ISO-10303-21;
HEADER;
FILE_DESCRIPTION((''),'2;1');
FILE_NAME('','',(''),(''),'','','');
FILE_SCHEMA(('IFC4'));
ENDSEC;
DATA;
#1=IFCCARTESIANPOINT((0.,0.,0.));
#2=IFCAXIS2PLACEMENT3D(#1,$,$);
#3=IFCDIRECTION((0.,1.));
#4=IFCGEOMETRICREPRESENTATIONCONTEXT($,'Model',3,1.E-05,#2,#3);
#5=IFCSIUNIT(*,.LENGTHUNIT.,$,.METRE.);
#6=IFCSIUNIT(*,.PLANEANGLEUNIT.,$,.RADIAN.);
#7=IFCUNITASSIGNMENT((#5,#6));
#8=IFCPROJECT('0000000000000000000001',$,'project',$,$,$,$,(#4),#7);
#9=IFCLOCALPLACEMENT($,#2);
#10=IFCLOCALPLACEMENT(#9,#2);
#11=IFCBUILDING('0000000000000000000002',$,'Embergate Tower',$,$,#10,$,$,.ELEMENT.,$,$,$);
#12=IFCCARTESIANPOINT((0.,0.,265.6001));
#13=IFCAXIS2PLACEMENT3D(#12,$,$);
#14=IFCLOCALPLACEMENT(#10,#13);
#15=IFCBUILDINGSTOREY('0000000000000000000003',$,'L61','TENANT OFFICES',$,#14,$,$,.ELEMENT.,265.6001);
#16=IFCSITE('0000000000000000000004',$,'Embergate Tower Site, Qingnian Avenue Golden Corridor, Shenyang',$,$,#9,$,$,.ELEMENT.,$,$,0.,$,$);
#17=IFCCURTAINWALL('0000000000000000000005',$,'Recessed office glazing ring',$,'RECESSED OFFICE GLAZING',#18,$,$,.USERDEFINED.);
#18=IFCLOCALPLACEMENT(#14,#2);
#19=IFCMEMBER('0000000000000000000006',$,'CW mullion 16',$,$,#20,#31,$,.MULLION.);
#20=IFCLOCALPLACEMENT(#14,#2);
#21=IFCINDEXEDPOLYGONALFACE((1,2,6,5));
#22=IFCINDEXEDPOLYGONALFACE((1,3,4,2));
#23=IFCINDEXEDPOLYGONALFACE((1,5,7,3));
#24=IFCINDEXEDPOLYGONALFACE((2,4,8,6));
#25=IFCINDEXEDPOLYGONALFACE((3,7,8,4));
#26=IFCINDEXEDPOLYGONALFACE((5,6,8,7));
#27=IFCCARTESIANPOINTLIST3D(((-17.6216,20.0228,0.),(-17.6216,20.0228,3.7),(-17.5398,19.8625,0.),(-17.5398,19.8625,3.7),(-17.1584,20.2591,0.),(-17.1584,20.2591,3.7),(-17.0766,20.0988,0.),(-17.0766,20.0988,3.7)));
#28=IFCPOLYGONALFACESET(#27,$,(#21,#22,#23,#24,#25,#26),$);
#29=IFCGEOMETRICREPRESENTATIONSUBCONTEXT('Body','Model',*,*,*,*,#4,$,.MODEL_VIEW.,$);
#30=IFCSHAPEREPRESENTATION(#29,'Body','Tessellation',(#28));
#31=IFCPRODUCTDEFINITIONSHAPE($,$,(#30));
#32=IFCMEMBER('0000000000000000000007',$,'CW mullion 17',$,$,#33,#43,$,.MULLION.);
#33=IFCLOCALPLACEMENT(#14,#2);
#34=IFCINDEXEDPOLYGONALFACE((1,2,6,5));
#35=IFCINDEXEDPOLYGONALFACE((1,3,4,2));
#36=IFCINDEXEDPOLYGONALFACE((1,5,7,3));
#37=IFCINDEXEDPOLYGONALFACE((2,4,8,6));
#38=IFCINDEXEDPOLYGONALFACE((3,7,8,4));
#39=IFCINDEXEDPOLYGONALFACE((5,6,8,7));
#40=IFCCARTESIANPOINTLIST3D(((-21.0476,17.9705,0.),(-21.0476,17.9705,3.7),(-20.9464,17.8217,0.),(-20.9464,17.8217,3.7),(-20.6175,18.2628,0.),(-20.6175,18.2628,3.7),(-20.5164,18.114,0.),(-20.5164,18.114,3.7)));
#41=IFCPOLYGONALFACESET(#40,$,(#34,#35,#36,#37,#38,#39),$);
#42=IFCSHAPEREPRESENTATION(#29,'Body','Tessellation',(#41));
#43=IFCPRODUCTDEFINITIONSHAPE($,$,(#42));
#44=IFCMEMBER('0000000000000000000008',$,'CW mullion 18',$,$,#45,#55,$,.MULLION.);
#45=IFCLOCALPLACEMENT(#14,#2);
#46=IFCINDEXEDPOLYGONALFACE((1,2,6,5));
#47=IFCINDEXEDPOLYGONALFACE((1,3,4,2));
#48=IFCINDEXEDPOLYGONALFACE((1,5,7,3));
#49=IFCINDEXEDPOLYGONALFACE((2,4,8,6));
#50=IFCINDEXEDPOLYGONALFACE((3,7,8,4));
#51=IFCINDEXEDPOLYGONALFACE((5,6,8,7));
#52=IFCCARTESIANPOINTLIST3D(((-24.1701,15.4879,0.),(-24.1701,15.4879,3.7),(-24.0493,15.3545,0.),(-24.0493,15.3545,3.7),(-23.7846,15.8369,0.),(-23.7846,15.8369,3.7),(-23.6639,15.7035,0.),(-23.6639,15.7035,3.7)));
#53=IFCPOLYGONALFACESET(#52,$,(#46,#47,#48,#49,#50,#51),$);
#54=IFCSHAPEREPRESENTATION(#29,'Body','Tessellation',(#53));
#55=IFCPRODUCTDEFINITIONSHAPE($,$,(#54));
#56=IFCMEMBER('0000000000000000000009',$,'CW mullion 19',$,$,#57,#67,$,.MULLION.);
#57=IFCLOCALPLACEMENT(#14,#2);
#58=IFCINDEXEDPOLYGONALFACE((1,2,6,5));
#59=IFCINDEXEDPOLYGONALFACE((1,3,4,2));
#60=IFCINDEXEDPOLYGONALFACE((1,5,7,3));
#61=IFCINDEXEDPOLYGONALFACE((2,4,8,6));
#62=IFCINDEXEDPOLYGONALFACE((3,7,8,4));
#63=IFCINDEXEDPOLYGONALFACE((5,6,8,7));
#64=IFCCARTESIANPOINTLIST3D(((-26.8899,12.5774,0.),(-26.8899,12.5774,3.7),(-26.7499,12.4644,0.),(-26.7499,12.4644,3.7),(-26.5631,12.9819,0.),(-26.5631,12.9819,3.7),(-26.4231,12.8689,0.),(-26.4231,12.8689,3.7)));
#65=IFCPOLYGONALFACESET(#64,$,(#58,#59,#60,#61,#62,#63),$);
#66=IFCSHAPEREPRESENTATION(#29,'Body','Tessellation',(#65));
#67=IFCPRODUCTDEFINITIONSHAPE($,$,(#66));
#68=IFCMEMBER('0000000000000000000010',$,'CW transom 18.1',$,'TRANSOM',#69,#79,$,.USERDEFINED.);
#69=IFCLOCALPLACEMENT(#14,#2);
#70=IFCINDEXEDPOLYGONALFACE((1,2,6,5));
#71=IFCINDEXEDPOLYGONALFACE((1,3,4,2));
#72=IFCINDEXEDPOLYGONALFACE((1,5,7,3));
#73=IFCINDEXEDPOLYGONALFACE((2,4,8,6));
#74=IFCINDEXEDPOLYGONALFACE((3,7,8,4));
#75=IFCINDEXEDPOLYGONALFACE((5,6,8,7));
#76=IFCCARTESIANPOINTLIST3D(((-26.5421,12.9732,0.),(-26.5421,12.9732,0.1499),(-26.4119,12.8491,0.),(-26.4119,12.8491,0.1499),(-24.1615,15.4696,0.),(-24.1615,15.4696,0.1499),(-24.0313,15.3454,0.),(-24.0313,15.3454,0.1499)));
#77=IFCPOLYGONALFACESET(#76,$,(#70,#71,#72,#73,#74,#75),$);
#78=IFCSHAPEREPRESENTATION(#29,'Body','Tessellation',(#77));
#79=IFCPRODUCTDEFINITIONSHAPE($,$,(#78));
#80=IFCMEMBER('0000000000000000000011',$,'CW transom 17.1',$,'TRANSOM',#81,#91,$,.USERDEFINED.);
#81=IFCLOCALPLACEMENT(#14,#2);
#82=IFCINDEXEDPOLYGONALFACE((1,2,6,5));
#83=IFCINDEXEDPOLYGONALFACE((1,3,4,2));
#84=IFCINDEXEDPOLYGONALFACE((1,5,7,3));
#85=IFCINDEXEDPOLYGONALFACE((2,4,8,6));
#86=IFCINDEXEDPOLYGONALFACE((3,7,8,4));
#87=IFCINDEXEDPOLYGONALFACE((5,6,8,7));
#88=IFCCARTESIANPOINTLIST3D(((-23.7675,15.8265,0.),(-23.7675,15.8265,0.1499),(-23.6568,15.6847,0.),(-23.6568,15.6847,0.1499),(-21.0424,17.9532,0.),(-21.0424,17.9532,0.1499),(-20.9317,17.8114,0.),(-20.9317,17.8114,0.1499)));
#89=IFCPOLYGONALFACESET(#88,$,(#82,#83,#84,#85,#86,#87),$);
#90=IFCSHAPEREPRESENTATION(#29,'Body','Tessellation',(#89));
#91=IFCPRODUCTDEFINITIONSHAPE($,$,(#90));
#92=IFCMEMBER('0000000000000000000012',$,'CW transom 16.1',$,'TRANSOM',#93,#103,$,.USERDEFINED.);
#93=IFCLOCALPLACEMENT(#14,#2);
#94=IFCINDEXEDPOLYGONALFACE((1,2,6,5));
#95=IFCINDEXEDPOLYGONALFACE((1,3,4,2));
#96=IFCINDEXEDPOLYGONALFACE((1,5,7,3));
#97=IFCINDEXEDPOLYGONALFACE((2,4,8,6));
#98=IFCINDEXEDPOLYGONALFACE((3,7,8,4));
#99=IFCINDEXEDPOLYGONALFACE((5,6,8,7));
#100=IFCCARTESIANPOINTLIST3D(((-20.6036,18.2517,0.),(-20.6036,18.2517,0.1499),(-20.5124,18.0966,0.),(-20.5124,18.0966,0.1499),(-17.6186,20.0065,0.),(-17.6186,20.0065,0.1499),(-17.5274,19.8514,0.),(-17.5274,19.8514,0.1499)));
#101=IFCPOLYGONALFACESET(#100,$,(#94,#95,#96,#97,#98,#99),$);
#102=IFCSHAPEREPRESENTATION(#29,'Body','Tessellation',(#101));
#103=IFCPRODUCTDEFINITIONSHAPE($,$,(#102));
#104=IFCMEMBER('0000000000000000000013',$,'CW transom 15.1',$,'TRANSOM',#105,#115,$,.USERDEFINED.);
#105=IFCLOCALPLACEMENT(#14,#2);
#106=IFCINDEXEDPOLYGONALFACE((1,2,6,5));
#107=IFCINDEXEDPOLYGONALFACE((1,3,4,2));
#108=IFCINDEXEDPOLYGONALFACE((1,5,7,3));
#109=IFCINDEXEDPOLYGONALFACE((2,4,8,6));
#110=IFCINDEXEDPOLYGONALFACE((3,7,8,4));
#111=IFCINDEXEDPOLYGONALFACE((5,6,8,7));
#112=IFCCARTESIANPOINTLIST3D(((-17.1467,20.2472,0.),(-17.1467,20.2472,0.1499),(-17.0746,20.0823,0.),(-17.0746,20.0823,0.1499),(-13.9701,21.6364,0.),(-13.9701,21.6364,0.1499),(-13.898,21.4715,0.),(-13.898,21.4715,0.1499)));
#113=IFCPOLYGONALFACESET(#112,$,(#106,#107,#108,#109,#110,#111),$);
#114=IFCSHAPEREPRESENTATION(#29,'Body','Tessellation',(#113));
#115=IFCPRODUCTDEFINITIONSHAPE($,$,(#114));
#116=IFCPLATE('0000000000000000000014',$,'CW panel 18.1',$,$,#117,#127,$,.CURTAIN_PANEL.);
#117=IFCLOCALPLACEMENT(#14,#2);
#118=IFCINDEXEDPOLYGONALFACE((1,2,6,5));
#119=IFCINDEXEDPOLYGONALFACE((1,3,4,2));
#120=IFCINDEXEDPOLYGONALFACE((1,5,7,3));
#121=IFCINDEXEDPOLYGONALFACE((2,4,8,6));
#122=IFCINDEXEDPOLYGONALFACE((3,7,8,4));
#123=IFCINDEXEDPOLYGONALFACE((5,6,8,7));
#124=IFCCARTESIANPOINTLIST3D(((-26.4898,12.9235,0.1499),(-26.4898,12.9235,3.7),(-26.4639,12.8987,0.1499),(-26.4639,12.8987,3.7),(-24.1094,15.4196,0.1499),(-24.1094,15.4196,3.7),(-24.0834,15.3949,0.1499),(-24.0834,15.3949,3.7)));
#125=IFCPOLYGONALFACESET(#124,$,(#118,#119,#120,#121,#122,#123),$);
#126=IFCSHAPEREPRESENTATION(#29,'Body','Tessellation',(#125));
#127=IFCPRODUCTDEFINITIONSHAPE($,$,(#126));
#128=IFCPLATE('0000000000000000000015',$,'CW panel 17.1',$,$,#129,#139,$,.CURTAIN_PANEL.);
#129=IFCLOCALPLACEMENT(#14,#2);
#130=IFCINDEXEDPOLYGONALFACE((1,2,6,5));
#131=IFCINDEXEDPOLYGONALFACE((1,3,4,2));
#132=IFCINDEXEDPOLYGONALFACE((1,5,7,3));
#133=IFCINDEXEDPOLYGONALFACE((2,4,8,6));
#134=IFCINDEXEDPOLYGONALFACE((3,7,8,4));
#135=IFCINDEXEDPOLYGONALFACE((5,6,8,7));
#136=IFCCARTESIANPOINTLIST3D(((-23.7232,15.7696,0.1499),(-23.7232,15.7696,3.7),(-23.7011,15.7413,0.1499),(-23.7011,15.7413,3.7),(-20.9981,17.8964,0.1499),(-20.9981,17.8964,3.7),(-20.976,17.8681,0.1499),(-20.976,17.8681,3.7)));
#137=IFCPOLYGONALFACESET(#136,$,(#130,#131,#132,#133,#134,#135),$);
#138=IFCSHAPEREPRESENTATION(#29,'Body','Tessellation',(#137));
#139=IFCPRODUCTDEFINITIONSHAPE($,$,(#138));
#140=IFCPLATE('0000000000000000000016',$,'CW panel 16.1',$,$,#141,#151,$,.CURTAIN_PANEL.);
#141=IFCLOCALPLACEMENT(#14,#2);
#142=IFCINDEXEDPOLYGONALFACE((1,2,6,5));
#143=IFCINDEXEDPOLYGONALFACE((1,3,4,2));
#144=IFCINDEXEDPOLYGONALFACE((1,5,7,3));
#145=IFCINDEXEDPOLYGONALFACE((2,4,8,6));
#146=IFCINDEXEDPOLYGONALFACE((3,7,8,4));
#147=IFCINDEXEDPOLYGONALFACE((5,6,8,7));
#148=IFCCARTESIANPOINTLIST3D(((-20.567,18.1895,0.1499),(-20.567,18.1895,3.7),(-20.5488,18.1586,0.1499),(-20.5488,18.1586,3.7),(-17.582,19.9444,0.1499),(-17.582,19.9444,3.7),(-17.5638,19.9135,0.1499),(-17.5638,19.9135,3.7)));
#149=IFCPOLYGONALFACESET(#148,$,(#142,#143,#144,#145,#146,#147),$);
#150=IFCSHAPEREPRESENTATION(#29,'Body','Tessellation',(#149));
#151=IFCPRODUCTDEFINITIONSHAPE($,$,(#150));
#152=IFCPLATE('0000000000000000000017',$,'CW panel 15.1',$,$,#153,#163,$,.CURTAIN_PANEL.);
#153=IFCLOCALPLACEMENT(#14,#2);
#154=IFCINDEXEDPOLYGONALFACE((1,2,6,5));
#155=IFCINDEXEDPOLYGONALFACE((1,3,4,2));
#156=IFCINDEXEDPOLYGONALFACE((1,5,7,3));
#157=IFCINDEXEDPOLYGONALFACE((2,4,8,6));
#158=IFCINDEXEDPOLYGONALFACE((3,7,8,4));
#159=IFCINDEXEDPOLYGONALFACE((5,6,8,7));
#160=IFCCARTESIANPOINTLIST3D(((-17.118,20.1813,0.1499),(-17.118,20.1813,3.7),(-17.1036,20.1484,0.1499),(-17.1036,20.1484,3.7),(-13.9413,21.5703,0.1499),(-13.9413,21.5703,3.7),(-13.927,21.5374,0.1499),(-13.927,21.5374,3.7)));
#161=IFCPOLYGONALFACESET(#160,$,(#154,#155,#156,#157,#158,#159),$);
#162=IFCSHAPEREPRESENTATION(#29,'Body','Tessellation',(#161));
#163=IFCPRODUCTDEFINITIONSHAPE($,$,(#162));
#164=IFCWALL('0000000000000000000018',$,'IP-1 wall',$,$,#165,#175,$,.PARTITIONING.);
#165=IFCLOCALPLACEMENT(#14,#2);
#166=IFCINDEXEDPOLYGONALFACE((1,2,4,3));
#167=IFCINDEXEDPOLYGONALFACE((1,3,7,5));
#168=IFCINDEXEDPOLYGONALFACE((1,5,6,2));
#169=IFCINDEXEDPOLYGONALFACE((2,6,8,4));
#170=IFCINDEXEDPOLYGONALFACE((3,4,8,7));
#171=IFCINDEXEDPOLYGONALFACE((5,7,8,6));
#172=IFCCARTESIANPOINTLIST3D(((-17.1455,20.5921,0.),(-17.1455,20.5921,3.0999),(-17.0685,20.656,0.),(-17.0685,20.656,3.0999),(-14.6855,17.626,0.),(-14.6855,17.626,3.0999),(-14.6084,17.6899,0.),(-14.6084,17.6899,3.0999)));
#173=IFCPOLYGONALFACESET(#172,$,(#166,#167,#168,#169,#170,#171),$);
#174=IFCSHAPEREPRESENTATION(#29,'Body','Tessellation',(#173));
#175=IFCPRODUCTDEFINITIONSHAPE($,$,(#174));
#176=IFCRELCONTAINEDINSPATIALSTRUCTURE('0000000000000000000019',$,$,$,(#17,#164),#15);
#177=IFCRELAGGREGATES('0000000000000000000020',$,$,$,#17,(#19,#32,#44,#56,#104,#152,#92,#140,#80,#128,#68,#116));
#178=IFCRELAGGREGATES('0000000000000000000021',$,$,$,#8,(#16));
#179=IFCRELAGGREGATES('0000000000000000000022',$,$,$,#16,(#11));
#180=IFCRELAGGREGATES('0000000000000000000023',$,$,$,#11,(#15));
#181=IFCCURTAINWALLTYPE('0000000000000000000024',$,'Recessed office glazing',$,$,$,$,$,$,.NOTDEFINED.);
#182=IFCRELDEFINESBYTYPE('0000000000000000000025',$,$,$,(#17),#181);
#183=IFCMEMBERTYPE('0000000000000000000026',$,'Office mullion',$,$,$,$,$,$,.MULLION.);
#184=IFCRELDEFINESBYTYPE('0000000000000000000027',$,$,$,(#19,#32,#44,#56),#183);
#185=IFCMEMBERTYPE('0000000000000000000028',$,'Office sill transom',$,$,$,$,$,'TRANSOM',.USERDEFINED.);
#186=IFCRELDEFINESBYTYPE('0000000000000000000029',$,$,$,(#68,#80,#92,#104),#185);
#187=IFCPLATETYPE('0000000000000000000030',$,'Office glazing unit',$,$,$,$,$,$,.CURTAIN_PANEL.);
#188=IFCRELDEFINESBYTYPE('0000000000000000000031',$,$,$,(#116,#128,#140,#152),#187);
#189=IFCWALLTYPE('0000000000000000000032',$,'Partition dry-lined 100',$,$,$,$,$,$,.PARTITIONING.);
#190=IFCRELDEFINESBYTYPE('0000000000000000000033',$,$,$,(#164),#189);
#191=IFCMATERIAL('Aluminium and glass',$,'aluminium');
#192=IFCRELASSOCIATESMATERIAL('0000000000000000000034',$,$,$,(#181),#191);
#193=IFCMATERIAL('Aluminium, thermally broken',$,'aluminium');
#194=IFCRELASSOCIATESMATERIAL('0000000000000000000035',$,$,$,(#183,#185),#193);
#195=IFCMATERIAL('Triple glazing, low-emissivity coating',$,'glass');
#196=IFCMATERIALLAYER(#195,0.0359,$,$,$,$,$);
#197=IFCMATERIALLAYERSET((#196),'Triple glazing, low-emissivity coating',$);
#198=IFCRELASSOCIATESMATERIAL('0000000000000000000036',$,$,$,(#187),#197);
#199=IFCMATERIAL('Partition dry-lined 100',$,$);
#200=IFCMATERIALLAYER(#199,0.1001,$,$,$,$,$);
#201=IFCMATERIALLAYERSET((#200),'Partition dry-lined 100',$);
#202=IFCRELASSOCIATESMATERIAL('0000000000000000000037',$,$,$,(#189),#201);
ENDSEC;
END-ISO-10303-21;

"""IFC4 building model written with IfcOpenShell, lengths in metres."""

from ifc_helpers import new_model, si_unit, direction, frame, frame_2d, origin, origin_2d, place, context, subcontext, project, spatial, rectangle, extrude, source, transform, mapped, material, layer, layer_set, material_profile, profile_set, type_object, element, aggregate, save


model = new_model("IFC4")

# Units and contexts
model_context = context("Model", 3, precision=1e-05, world=origin(), true_north=direction((0.0, 1.0)))
body_context = subcontext(model_context, "Body", "Model", "MODEL_VIEW")
ifc_project = project(units=[si_unit("LENGTHUNIT", "METRE"), si_unit("PLANEANGLEUNIT", "RADIAN")], contexts=[model_context])

# Site, building, storey
site_placement = place(None, origin())
site = spatial("IfcSite", under=ifc_project, at=site_placement, Name="Embergate Tower Site, Qingnian Avenue Golden Corridor, Shenyang", CompositionType="ELEMENT", RefElevation=0.0)
building_placement = place(site_placement, origin())
building = spatial("IfcBuilding", under=site, at=building_placement, Name="Embergate Tower", CompositionType="ELEMENT")
storey_placement = place(building_placement, frame((0.0, 0.0, 265.6001)))
storey = spatial("IfcBuildingStorey", under=building, at=storey_placement, Name="L61", Description="TENANT OFFICES", CompositionType="ELEMENT", Elevation=265.6001)

# Curtain wall, members, plates
ifc_material_1 = material(Name="Aluminium and glass", Category="aluminium")
curtain_wall_type = type_object("IfcCurtainWallType", Name="Recessed office glazing", PredefinedType="NOTDEFINED", material=ifc_material_1)
curtain_wall_placement = place(storey_placement, origin())
curtain_wall = element("IfcCurtainWall", 1, at=curtain_wall_placement, inside=storey, type_object=curtain_wall_type, Name="Recessed office glazing ring", ObjectType="RECESSED OFFICE GLAZING", PredefinedType="USERDEFINED")
ifc_material_2 = material(Name="Aluminium, thermally broken", Category="aluminium")
ifc_material_profile_1 = material_profile(ifc_material_2, rectangle(XDim=0.1799, YDim=0.52, at=origin_2d()), Name="AL 520x180")
ifc_profile_set_1 = profile_set([ifc_material_profile_1], Name="Aluminium, thermally broken")
member_type_1 = type_object("IfcMemberType", Name="Office mullion", PredefinedType="MULLION", material=ifc_profile_set_1)
shared_shape_1 = source(origin(), body_context, "Body", "SweptSolid", [
    extrude(rectangle(XDim=0.1799, YDim=0.52, at=origin_2d()), origin(), (0.0, 0.0, 1.0), 3.7),
])
member_1_placement = place(storey_placement, frame((-17.3491, 20.0608, 0.0), z_axis=(0.0, 0.0, 1.0), x_axis=(0.454504, -0.890745, 0.0)))
member_1 = element("IfcMember", 2, at=member_1_placement, type_object=member_type_1, Name="CW mullion 16", PredefinedType="MULLION", context=body_context, shape_type="MappedRepresentation", body=[
    mapped(shared_shape_1, transform((0.0, 0.0, 0.0))),
])
member_2_placement = place(storey_placement, frame((-20.782, 18.0422, 0.0), z_axis=(0.0, 0.0, 1.0), x_axis=(0.562208, -0.826996, 0.0)))
member_2 = element("IfcMember", 3, at=member_2_placement, type_object=member_type_1, Name="CW mullion 17", PredefinedType="MULLION", context=body_context, shape_type="MappedRepresentation", body=[
    mapped(shared_shape_1, transform((0.0, 0.0, 0.0))),
])
member_3_placement = place(storey_placement, frame((-23.917, 15.5957, 0.0), z_axis=(0.0, 0.0, 1.0), x_axis=(0.671216, -0.741262, 0.0)))
member_3 = element("IfcMember", 4, at=member_3_placement, type_object=member_type_1, Name="CW mullion 18", PredefinedType="MULLION", context=body_context, shape_type="MappedRepresentation", body=[
    mapped(shared_shape_1, transform((0.0, 0.0, 0.0))),
])
member_4_placement = place(storey_placement, frame((-26.6565, 12.7231, 0.0), z_axis=(0.0, 0.0, 1.0), x_axis=(0.777862, -0.628436, 0.0)))
member_4 = element("IfcMember", 5, at=member_4_placement, type_object=member_type_1, Name="CW mullion 19", PredefinedType="MULLION", context=body_context, shape_type="MappedRepresentation", body=[
    mapped(shared_shape_1, transform((0.0, 0.0, 0.0))),
])
ifc_material_profile_2 = material_profile(ifc_material_2, rectangle(XDim=0.1799, YDim=0.1499, at=origin_2d()), Name="AL 150x180")
ifc_profile_set_2 = profile_set([ifc_material_profile_2], Name="Aluminium, thermally broken")
member_type_2 = type_object("IfcMemberType", Name="Office sill transom", ElementType="TRANSOM", PredefinedType="USERDEFINED", material=ifc_profile_set_2)
shared_shape_2 = source(origin(), body_context, "Body", "SweptSolid", [
    extrude(rectangle(XDim=0.1799, YDim=0.1499, at=origin_2d()), origin(), (0.0, 0.0, 1.0), 3.4495),
])
member_5_placement = place(storey_placement, frame((-24.0964, 15.4075, 0.075), z_axis=(-0.690134, -0.723682, 0.0), x_axis=(0.723682, -0.690134, 0.0)))
member_5 = element("IfcMember", 6, at=member_5_placement, type_object=member_type_2, Name="CW transom 18.1", ObjectType="TRANSOM", PredefinedType="USERDEFINED", context=body_context, shape_type="MappedRepresentation", body=[
    mapped(shared_shape_2, transform((0.0, 0.0, 0.0))),
])
shared_shape_3 = source(origin(), body_context, "Body", "SweptSolid", [
    extrude(rectangle(XDim=0.1799, YDim=0.1499, at=origin_2d()), origin(), (0.0, 0.0, 1.0), 3.4568),
])
member_6_placement = place(storey_placement, frame((-20.9871, 17.8823, 0.075), z_axis=(-0.788343, -0.615236, 0.0), x_axis=(0.615236, -0.788343, 0.0)))
member_6 = element("IfcMember", 7, at=member_6_placement, type_object=member_type_2, Name="CW transom 17.1", ObjectType="TRANSOM", PredefinedType="USERDEFINED", context=body_context, shape_type="MappedRepresentation", body=[
    mapped(shared_shape_3, transform((0.0, 0.0, 0.0))),
])
shared_shape_4 = source(origin(), body_context, "Body", "SweptSolid", [
    extrude(rectangle(XDim=0.1799, YDim=0.1499, at=origin_2d()), origin(), (0.0, 0.0, 1.0), 3.4626),
])
member_7_placement = place(storey_placement, frame((-17.573, 19.929, 0.075), z_axis=(-0.862068, -0.506792, 0.0), x_axis=(0.506792, -0.862068, 0.0)))
member_7 = element("IfcMember", 8, at=member_7_placement, type_object=member_type_2, Name="CW transom 16.1", ObjectType="TRANSOM", PredefinedType="USERDEFINED", context=body_context, shape_type="MappedRepresentation", body=[
    mapped(shared_shape_4, transform((0.0, 0.0, 0.0))),
])
shared_shape_5 = source(origin(), body_context, "Body", "SweptSolid", [
    extrude(rectangle(XDim=0.1799, YDim=0.1499, at=origin_2d()), origin(), (0.0, 0.0, 1.0), 3.467),
])
member_8_placement = place(storey_placement, frame((-13.9341, 21.554, 0.075), z_axis=(-0.916217, -0.400682, 0.0), x_axis=(0.400682, -0.916217, 0.0)))
member_8 = element("IfcMember", 9, at=member_8_placement, type_object=member_type_2, Name="CW transom 15.1", ObjectType="TRANSOM", PredefinedType="USERDEFINED", context=body_context, shape_type="MappedRepresentation", body=[
    mapped(shared_shape_5, transform((0.0, 0.0, 0.0))),
])
ifc_material_3 = material(Name="Triple glazing, low-emissivity coating", Category="glass")
ifc_layer_1 = layer(ifc_material_3, 0.0359)
ifc_layer_set_1 = layer_set([ifc_layer_1], Name="Triple glazing, low-emissivity coating")
plate_type = type_object("IfcPlateType", Name="Office glazing unit", PredefinedType="CURTAIN_PANEL", material=ifc_layer_set_1)
shared_shape_6 = source(origin(), body_context, "Body", "SweptSolid", [
    extrude(rectangle(XDim=3.4492, YDim=0.0359, at=origin_2d()), origin(), (0.0, 0.0, 1.0), 3.55),
])
plate_1_placement = place(storey_placement, frame((-25.2866, 14.1592, 0.1499), z_axis=(0.0, 0.0, 1.0), x_axis=(-0.690139, -0.723677, 0.0)))
plate_1 = element("IfcPlate", 10, at=plate_1_placement, type_object=plate_type, Name="CW panel 18.1", PredefinedType="CURTAIN_PANEL", context=body_context, shape_type="MappedRepresentation", body=[
    mapped(shared_shape_6, transform((0.0, 0.0, 0.0))),
])
shared_shape_7 = source(origin(), body_context, "Body", "SweptSolid", [
    extrude(rectangle(XDim=3.4568, YDim=0.0359, at=origin_2d()), origin(), (0.0, 0.0, 1.0), 3.55),
])
plate_2_placement = place(storey_placement, frame((-22.3496, 16.8188, 0.1499), z_axis=(0.0, 0.0, 1.0), x_axis=(-0.788323, -0.615261, 0.0)))
plate_2 = element("IfcPlate", 11, at=plate_2_placement, type_object=plate_type, Name="CW panel 17.1", PredefinedType="CURTAIN_PANEL", context=body_context, shape_type="MappedRepresentation", body=[
    mapped(shared_shape_7, transform((0.0, 0.0, 0.0))),
])
shared_shape_8 = source(origin(), body_context, "Body", "SweptSolid", [
    extrude(rectangle(XDim=3.4626, YDim=0.0359, at=origin_2d()), origin(), (0.0, 0.0, 1.0), 3.55),
])
plate_3_placement = place(storey_placement, frame((-19.0654, 19.0515, 0.1499), z_axis=(0.0, 0.0, 1.0), x_axis=(-0.862055, -0.506815, 0.0)))
plate_3 = element("IfcPlate", 12, at=plate_3_placement, type_object=plate_type, Name="CW panel 16.1", PredefinedType="CURTAIN_PANEL", context=body_context, shape_type="MappedRepresentation", body=[
    mapped(shared_shape_8, transform((0.0, 0.0, 0.0))),
])
shared_shape_9 = source(origin(), body_context, "Body", "SweptSolid", [
    extrude(rectangle(XDim=3.467, YDim=0.0359, at=origin_2d()), origin(), (0.0, 0.0, 1.0), 3.55),
])
plate_4_placement = place(storey_placement, frame((-15.5225, 20.8594, 0.1499), z_axis=(0.0, 0.0, 1.0), x_axis=(-0.916238, -0.400635, 0.0)))
plate_4 = element("IfcPlate", 13, at=plate_4_placement, type_object=plate_type, Name="CW panel 15.1", PredefinedType="CURTAIN_PANEL", context=body_context, shape_type="MappedRepresentation", body=[
    mapped(shared_shape_9, transform((0.0, 0.0, 0.0))),
])
aggregate(curtain_wall, [member_1, member_2, member_3, member_4, member_8, plate_4, member_7, plate_3, member_6, plate_2, member_5, plate_1])

# Wall
ifc_material_4 = material(Name="Partition dry-lined 100")
ifc_layer_2 = layer(ifc_material_4, 0.1001)
ifc_layer_set_2 = layer_set([ifc_layer_2], Name="Partition dry-lined 100")
wall_type = type_object("IfcWallType", Name="Partition dry-lined 100", PredefinedType="PARTITIONING", material=ifc_layer_set_2)
shared_shape_10 = source(origin(), body_context, "Body", "SweptSolid", [
    extrude(rectangle(XDim=3.8535, YDim=0.1001, at=frame_2d((1.9268, 0.0))), origin(), (0.0, 0.0, 1.0), 3.0999),
])
wall_1_placement = place(storey_placement, frame((-14.647, 17.658, 0.0), z_axis=(0.0, 0.0, 1.0), x_axis=(-0.638382, 0.76972, 0.0)))
element("IfcWall", 14, at=wall_1_placement, inside=storey, type_object=wall_type, Name="IP-1 wall", PredefinedType="PARTITIONING", context=body_context, shape_type="MappedRepresentation", body=[
    mapped(shared_shape_10, transform((0.0, 0.0, 0.0))),
])

save(model, "model.ifc")
